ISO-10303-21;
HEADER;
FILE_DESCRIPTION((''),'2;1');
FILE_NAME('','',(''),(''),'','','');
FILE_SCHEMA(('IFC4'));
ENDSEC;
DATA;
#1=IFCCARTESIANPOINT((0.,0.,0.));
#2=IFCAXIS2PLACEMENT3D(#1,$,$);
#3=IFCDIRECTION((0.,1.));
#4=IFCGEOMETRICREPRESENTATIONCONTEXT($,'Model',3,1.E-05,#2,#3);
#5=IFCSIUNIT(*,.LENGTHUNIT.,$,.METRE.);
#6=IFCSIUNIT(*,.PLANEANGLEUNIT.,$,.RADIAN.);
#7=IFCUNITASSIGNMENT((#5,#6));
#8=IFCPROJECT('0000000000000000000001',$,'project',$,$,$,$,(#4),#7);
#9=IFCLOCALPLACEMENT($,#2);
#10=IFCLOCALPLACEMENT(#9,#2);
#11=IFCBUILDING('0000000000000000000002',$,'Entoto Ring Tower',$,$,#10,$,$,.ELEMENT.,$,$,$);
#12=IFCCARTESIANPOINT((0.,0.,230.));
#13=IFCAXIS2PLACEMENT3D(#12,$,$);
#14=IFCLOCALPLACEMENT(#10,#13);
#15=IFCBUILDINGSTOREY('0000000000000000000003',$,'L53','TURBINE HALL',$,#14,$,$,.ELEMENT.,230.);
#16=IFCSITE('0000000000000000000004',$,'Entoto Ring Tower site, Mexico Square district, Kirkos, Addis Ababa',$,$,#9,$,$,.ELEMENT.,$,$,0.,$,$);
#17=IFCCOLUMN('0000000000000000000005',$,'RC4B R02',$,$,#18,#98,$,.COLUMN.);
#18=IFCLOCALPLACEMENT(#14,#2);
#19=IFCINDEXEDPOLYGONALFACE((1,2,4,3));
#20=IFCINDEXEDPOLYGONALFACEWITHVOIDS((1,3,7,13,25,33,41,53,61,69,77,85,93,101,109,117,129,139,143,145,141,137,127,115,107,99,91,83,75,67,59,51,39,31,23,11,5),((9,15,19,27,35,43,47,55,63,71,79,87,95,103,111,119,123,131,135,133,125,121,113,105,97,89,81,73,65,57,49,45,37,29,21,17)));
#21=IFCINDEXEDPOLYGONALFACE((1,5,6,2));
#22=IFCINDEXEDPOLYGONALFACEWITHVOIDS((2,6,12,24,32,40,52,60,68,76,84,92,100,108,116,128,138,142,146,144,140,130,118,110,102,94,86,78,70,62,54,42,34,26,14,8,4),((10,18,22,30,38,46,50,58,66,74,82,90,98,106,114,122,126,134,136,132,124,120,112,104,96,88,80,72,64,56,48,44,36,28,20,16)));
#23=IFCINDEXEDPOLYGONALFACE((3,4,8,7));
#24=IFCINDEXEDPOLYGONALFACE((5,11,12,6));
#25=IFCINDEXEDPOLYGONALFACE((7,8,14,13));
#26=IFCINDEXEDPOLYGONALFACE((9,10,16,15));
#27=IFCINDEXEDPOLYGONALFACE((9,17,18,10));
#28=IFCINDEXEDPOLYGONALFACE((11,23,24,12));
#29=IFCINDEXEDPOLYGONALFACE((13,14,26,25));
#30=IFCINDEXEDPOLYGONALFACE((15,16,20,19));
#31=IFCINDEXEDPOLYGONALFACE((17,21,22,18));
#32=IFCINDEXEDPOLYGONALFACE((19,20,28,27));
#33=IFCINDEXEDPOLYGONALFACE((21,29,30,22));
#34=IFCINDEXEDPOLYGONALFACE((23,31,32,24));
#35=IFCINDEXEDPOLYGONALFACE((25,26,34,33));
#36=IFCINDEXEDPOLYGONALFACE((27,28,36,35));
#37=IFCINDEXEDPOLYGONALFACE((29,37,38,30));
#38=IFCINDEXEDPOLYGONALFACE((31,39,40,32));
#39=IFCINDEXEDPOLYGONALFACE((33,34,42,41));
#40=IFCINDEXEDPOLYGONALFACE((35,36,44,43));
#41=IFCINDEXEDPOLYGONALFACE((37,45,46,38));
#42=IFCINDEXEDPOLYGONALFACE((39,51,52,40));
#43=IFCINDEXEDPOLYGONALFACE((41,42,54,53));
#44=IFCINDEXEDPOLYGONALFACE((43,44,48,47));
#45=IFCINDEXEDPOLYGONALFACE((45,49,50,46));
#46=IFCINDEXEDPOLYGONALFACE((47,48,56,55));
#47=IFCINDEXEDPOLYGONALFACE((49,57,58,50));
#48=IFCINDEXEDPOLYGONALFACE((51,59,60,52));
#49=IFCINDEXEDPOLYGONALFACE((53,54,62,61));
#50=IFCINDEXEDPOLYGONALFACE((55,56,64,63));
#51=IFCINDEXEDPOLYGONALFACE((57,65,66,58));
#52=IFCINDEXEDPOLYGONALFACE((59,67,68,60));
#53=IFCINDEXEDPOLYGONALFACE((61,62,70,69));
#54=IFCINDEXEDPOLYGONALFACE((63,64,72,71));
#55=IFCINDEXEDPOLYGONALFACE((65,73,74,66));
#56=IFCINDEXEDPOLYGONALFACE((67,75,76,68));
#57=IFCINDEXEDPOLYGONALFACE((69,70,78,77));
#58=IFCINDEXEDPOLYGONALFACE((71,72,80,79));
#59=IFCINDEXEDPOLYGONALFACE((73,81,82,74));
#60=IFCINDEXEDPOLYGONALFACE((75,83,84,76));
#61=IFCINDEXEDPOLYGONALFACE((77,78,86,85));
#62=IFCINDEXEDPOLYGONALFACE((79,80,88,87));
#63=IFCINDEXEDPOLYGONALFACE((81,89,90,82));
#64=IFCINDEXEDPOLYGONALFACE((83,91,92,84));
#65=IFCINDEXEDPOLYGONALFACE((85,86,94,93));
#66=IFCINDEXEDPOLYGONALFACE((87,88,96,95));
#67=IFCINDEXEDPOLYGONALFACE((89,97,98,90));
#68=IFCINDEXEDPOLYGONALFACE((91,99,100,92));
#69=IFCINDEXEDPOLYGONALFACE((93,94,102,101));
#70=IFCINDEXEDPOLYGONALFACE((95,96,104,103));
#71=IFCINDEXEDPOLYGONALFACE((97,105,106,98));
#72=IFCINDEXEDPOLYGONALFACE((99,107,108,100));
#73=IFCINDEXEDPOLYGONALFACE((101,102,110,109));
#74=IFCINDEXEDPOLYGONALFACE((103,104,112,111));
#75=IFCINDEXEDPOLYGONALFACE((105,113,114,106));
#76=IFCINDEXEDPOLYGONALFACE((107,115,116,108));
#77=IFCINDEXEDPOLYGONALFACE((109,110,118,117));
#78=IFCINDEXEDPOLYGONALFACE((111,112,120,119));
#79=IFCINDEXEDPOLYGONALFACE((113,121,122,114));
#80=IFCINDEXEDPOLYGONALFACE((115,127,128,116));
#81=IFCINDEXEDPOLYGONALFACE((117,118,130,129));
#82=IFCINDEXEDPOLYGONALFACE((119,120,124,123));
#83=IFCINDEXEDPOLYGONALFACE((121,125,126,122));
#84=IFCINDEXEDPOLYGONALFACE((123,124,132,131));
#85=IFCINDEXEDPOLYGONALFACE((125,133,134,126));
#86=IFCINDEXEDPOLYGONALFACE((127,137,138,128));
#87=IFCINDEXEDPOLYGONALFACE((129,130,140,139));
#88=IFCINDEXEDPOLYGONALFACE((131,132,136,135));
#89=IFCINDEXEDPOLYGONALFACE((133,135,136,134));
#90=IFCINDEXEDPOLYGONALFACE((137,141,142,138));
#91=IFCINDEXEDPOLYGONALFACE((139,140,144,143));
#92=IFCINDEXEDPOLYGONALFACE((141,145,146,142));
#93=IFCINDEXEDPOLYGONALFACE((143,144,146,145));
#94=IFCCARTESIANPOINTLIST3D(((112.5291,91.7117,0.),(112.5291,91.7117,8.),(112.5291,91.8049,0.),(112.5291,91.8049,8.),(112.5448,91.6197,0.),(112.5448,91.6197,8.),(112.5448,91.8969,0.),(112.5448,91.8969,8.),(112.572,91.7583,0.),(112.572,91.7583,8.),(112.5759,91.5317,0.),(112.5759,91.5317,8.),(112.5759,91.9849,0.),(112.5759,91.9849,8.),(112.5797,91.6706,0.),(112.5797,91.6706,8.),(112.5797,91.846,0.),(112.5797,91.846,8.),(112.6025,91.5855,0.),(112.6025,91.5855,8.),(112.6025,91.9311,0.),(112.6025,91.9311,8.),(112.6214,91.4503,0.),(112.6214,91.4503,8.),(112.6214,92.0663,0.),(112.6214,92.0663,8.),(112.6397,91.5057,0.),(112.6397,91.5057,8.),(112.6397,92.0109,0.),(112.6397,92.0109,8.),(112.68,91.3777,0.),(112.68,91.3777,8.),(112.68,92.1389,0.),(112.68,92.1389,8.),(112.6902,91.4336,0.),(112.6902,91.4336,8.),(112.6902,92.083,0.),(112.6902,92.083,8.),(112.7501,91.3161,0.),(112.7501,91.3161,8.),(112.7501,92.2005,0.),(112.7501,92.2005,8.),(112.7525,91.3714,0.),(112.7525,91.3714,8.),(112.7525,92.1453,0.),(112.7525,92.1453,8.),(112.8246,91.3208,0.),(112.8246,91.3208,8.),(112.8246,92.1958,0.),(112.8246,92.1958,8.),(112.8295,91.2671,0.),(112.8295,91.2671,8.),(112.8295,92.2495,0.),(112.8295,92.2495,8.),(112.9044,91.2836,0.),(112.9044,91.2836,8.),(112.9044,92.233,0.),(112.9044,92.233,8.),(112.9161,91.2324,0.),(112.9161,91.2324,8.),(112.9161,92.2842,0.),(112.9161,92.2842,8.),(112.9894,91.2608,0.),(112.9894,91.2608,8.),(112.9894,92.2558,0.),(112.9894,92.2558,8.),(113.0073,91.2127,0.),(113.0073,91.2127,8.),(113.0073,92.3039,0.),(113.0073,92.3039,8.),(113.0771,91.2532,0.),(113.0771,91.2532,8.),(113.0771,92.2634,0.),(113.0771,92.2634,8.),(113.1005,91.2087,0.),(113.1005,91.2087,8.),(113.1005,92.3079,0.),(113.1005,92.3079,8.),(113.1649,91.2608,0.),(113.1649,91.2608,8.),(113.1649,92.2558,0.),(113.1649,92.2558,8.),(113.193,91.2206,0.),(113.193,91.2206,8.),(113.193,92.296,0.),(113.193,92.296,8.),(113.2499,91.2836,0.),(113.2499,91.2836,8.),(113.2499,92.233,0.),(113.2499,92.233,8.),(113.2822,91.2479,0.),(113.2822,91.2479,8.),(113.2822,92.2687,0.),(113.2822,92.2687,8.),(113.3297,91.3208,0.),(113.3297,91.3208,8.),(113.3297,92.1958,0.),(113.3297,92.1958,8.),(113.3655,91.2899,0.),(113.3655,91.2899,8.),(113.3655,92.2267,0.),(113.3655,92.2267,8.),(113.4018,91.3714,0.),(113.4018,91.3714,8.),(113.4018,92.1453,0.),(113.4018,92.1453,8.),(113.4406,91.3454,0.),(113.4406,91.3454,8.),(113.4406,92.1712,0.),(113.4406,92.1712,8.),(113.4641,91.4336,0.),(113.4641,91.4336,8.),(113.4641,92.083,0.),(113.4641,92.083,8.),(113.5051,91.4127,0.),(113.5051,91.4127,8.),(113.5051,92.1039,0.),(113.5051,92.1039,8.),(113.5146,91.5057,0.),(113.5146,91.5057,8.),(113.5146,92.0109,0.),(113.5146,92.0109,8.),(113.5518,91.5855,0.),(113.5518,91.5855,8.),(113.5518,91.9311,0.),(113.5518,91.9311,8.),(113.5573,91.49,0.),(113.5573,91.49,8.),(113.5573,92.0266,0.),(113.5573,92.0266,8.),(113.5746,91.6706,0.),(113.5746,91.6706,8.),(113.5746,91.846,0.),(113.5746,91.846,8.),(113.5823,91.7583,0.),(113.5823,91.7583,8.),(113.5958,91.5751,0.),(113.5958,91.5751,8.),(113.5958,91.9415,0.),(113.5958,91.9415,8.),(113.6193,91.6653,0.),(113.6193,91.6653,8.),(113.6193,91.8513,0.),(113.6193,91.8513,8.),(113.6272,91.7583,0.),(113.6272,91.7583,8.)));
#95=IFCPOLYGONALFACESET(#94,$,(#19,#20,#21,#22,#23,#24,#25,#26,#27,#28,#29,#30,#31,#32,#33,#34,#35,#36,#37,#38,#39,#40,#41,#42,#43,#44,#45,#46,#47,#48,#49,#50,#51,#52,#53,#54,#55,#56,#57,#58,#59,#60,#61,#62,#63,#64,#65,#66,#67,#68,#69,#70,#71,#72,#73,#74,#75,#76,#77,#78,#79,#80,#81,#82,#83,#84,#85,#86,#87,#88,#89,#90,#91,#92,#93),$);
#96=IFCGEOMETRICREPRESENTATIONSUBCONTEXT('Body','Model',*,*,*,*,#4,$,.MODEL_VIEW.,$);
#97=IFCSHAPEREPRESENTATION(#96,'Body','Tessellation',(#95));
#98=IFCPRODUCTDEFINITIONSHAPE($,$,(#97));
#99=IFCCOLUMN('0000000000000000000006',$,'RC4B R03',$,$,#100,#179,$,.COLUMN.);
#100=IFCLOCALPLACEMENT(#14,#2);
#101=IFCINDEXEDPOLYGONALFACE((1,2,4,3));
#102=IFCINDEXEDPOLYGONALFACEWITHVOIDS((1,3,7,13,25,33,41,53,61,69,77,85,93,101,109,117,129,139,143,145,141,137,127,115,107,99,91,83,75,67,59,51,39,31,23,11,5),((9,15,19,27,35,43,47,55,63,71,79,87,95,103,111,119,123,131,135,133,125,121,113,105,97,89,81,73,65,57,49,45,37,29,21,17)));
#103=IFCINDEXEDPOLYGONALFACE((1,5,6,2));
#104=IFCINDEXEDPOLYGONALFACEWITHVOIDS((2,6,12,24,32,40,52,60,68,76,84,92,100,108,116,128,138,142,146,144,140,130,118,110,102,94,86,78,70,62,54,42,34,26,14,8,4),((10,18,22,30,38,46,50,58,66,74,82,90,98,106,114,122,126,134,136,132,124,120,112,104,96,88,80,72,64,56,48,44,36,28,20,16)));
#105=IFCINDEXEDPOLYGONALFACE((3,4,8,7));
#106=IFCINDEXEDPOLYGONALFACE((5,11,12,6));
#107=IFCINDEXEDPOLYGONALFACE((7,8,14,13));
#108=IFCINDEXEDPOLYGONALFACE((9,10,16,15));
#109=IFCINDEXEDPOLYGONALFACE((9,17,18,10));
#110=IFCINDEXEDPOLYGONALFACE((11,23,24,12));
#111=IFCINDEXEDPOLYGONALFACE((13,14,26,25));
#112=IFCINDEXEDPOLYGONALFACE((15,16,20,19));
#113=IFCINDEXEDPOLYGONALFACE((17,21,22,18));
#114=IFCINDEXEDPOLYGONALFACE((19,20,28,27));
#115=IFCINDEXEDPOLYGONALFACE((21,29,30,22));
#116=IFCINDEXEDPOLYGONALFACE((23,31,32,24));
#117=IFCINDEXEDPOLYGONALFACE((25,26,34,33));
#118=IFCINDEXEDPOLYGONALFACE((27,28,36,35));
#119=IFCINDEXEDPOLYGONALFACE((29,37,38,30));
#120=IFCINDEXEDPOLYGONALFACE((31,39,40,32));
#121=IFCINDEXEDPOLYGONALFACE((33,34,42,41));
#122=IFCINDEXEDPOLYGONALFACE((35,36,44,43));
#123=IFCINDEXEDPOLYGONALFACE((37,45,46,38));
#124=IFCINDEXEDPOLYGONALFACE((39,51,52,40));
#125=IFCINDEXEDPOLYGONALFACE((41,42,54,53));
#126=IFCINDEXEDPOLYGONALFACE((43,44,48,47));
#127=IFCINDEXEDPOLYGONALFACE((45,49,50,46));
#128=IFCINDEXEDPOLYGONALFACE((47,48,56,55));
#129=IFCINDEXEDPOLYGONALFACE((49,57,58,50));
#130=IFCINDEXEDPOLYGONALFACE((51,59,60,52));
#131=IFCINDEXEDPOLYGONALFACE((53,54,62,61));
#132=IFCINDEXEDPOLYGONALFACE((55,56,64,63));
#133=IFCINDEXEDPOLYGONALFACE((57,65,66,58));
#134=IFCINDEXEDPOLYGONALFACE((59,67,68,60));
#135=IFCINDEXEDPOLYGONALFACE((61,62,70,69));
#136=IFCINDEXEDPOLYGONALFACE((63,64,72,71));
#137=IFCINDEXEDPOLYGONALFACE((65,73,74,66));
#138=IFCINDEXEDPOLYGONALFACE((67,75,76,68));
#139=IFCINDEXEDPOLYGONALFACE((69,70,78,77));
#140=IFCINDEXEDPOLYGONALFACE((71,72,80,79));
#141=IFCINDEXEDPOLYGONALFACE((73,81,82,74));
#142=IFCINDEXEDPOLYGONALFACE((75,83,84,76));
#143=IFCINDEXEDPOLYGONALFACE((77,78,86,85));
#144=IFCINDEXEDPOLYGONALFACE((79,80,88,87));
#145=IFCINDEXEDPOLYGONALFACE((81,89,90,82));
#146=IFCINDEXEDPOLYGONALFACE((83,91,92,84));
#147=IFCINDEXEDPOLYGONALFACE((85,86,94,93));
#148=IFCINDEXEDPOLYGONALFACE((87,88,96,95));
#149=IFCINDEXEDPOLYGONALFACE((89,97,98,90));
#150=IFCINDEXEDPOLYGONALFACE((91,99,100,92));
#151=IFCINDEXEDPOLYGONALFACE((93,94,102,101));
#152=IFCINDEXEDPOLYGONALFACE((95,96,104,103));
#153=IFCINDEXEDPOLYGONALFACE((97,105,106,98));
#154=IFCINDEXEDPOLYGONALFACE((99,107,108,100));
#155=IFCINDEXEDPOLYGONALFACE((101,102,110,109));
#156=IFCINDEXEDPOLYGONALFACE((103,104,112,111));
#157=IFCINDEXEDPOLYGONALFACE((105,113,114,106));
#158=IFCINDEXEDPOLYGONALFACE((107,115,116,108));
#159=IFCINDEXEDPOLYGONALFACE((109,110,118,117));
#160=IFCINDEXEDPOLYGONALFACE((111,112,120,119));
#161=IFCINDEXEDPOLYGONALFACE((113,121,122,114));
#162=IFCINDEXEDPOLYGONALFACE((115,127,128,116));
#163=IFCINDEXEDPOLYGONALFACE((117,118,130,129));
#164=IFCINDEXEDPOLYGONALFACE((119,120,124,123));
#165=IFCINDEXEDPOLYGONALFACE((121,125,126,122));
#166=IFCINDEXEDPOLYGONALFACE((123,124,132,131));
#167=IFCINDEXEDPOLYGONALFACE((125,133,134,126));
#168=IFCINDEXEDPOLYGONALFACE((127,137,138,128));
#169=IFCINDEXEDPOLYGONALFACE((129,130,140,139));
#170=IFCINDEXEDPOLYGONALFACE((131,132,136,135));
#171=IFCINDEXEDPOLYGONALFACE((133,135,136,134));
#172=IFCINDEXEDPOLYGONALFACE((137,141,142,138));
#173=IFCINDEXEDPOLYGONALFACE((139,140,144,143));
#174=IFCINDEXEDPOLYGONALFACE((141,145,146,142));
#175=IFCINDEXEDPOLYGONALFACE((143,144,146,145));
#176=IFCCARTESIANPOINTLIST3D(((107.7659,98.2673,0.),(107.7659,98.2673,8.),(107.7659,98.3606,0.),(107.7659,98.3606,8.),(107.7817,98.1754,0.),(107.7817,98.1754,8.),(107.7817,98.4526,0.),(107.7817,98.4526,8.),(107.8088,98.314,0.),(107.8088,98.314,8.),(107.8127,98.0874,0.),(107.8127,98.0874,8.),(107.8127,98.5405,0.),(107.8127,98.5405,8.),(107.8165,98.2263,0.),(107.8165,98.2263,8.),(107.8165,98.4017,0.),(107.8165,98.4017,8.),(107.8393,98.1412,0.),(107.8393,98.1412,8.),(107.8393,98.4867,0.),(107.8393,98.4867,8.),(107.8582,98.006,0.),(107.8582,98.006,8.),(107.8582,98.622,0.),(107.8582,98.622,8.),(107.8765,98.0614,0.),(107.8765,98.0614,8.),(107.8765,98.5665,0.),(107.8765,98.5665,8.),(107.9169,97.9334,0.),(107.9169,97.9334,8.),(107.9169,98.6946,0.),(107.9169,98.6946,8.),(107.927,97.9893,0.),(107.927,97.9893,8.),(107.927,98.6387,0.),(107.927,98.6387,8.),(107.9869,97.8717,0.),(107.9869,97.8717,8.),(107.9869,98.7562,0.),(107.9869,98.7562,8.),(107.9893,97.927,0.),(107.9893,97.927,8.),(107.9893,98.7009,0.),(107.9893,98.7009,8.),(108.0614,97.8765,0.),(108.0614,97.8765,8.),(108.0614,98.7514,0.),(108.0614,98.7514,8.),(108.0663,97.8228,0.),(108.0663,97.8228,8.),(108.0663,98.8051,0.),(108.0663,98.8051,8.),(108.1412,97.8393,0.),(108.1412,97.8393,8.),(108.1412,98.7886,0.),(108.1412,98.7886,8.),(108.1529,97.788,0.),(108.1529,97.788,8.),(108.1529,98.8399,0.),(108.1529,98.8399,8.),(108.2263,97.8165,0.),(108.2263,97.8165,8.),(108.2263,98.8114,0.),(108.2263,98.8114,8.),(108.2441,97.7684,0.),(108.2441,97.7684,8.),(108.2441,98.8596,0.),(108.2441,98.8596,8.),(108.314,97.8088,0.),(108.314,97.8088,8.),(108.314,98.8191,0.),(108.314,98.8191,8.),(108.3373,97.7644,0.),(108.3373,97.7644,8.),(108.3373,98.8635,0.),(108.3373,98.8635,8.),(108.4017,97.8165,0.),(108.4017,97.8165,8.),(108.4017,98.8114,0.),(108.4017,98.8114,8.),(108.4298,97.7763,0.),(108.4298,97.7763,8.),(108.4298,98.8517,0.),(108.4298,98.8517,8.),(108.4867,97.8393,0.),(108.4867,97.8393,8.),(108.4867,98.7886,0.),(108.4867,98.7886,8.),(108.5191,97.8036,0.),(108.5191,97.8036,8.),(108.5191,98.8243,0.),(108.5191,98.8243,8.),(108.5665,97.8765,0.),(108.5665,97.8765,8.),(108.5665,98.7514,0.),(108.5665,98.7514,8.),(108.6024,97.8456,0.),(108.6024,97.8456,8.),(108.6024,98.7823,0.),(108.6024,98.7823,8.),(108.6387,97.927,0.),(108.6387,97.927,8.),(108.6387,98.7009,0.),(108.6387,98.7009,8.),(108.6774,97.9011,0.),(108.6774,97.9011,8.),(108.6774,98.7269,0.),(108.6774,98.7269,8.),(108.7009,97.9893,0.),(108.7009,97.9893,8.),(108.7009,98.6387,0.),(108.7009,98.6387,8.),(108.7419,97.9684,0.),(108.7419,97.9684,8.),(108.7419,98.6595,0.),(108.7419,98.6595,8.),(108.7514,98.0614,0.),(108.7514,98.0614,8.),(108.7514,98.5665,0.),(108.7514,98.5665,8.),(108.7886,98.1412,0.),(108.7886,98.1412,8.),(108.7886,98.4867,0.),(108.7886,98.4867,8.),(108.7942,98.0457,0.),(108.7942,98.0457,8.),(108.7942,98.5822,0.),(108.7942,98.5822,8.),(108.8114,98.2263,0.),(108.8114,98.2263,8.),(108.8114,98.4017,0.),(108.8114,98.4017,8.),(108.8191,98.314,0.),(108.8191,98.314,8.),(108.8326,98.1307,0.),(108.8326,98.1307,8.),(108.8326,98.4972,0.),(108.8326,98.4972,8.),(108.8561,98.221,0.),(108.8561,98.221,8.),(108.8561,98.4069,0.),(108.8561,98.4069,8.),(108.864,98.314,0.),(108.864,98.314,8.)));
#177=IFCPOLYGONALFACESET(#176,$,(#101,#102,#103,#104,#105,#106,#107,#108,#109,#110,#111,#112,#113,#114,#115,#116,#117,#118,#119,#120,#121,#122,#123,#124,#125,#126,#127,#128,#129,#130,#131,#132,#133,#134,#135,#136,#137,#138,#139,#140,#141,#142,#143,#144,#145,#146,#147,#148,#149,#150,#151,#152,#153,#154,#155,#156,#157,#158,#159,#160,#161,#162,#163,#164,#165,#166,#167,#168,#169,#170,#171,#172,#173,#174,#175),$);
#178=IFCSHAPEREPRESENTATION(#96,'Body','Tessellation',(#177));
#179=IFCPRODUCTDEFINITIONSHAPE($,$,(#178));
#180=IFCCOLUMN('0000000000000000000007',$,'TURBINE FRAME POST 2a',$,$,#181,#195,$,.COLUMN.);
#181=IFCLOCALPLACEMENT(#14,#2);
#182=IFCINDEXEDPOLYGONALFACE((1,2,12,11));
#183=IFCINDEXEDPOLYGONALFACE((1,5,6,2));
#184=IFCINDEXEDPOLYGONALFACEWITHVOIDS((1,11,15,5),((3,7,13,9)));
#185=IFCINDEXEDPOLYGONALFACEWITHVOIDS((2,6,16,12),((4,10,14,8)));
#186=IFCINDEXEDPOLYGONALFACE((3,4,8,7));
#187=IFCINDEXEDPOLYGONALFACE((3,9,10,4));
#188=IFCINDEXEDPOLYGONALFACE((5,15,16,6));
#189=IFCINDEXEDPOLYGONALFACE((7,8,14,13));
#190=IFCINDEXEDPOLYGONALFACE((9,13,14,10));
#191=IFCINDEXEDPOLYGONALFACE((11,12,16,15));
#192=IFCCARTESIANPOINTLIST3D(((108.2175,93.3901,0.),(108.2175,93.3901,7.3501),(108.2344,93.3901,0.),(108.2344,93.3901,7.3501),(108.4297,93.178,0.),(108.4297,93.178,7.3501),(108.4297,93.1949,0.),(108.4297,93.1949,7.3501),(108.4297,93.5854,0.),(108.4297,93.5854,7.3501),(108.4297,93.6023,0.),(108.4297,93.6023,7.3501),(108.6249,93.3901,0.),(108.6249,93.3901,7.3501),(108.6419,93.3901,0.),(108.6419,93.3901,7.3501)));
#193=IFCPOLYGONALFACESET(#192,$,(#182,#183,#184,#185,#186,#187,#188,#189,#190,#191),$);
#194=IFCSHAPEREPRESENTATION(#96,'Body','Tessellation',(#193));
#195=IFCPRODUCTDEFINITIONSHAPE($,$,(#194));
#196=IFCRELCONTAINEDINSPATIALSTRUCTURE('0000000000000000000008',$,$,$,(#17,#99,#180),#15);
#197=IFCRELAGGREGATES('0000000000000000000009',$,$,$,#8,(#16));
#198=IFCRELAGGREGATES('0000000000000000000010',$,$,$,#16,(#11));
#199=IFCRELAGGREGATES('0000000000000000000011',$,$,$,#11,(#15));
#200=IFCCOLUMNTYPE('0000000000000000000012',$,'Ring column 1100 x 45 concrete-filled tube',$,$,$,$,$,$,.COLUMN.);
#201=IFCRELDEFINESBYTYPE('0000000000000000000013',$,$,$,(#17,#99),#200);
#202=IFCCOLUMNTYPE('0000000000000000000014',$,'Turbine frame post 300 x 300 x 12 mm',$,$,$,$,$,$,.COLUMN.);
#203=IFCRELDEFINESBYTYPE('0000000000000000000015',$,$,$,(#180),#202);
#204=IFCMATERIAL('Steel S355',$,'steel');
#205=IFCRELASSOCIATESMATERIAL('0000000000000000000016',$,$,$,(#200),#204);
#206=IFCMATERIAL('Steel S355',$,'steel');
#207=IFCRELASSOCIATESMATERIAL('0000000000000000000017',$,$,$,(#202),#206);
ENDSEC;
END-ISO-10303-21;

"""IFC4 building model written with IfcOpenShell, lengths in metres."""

from ifc_helpers import new_model, si_unit, direction, frame, origin, origin_2d, place, context, subcontext, project, spatial, hollow_rectangle, circle, hollow_circle, extrude, material, material_profile, profile_set, type_object, element, save


model = new_model("IFC4")

# Units and contexts
model_context = context("Model", 3, precision=1e-05, world=origin(), true_north=direction((0.0, 1.0)))
body_context = subcontext(model_context, "Body", "Model", "MODEL_VIEW")
ifc_project = project(units=[si_unit("LENGTHUNIT", "METRE"), si_unit("PLANEANGLEUNIT", "RADIAN")], contexts=[model_context])

# Site, building, storey
site_placement = place(None, origin())
site = spatial("IfcSite", under=ifc_project, at=site_placement, Name="Entoto Ring Tower site, Mexico Square district, Kirkos, Addis Ababa", CompositionType="ELEMENT", RefElevation=0.0)
building_placement = place(site_placement, origin())
building = spatial("IfcBuilding", under=site, at=building_placement, Name="Entoto Ring Tower", CompositionType="ELEMENT")
storey_placement = place(building_placement, frame((0.0, 0.0, 230.0)))
storey = spatial("IfcBuildingStorey", under=building, at=storey_placement, Name="L53", Description="TURBINE HALL", CompositionType="ELEMENT", Elevation=230.0)

# Columns
ifc_material_1 = material(Name="Steel S355", Category="steel")
ifc_material_profile_1 = material_profile(ifc_material_1, hollow_circle(Radius=0.55, WallThickness=0.0449, at=origin_2d()), Name="CHS 1100 x 45")
ifc_material_2 = material(Name="Concrete C60/75", Category="concrete")
ifc_material_profile_2 = material_profile(ifc_material_2, circle(Radius=0.5049, at=origin_2d()), Name="Concrete C60/75 infill")
ifc_profile_set_1 = profile_set([ifc_material_profile_1, ifc_material_profile_2], Name="Steel S355")
column_type_1 = type_object("IfcColumnType", Name="Ring column 1100 x 45 concrete-filled tube", PredefinedType="COLUMN", material=ifc_profile_set_1)
for number, where, z_axis, x_axis, name in (
    (1, (113.0771, 91.7583, 0.0), (0.0, 0.0, 1.0), (1.0, 0.0, 0.0), "RC4B R02"),
    (2, (108.314, 98.314, 0.0), (0.0, 0.0, 1.0), (1.0, 0.0, 0.0), "RC4B R03"),
):
    element("IfcColumn", number, at=place(storey_placement, frame(where, z_axis=z_axis, x_axis=x_axis)), inside=storey, type_object=column_type_1, Name=name, PredefinedType="COLUMN", context=body_context, shape_type="SweptSolid", body=[
        extrude(hollow_circle(Radius=0.55, WallThickness=0.0449, at=origin_2d()), origin(), (0.0, 0.0, 1.0), 8.0),
    ])
ifc_material_3 = material(Name="Steel S355", Category="steel")
ifc_material_profile_3 = material_profile(ifc_material_3, hollow_rectangle(XDim=0.3, YDim=0.3, WallThickness=0.012, at=origin_2d()), Name="Turbine frame post 300 x 300 x 12 mm")
ifc_profile_set_2 = profile_set([ifc_material_profile_3], Name="Steel S355")
column_type_2 = type_object("IfcColumnType", Name="Turbine frame post 300 x 300 x 12 mm", PredefinedType="COLUMN", material=ifc_profile_set_2)
column_placement = place(storey_placement, frame((108.4297, 93.3901, 0.0), z_axis=(0.0, 0.0, 1.0), x_axis=(-0.707107, 0.707107, 0.0)))
element("IfcColumn", 3, at=column_placement, inside=storey, type_object=column_type_2, Name="TURBINE FRAME POST 2a", PredefinedType="COLUMN", context=body_context, shape_type="SweptSolid", body=[
    extrude(hollow_rectangle(XDim=0.3, YDim=0.3, WallThickness=0.012, at=origin_2d()), origin(), (0.0, 0.0, 1.0), 7.3501),
])

save(model, "model.ifc")
